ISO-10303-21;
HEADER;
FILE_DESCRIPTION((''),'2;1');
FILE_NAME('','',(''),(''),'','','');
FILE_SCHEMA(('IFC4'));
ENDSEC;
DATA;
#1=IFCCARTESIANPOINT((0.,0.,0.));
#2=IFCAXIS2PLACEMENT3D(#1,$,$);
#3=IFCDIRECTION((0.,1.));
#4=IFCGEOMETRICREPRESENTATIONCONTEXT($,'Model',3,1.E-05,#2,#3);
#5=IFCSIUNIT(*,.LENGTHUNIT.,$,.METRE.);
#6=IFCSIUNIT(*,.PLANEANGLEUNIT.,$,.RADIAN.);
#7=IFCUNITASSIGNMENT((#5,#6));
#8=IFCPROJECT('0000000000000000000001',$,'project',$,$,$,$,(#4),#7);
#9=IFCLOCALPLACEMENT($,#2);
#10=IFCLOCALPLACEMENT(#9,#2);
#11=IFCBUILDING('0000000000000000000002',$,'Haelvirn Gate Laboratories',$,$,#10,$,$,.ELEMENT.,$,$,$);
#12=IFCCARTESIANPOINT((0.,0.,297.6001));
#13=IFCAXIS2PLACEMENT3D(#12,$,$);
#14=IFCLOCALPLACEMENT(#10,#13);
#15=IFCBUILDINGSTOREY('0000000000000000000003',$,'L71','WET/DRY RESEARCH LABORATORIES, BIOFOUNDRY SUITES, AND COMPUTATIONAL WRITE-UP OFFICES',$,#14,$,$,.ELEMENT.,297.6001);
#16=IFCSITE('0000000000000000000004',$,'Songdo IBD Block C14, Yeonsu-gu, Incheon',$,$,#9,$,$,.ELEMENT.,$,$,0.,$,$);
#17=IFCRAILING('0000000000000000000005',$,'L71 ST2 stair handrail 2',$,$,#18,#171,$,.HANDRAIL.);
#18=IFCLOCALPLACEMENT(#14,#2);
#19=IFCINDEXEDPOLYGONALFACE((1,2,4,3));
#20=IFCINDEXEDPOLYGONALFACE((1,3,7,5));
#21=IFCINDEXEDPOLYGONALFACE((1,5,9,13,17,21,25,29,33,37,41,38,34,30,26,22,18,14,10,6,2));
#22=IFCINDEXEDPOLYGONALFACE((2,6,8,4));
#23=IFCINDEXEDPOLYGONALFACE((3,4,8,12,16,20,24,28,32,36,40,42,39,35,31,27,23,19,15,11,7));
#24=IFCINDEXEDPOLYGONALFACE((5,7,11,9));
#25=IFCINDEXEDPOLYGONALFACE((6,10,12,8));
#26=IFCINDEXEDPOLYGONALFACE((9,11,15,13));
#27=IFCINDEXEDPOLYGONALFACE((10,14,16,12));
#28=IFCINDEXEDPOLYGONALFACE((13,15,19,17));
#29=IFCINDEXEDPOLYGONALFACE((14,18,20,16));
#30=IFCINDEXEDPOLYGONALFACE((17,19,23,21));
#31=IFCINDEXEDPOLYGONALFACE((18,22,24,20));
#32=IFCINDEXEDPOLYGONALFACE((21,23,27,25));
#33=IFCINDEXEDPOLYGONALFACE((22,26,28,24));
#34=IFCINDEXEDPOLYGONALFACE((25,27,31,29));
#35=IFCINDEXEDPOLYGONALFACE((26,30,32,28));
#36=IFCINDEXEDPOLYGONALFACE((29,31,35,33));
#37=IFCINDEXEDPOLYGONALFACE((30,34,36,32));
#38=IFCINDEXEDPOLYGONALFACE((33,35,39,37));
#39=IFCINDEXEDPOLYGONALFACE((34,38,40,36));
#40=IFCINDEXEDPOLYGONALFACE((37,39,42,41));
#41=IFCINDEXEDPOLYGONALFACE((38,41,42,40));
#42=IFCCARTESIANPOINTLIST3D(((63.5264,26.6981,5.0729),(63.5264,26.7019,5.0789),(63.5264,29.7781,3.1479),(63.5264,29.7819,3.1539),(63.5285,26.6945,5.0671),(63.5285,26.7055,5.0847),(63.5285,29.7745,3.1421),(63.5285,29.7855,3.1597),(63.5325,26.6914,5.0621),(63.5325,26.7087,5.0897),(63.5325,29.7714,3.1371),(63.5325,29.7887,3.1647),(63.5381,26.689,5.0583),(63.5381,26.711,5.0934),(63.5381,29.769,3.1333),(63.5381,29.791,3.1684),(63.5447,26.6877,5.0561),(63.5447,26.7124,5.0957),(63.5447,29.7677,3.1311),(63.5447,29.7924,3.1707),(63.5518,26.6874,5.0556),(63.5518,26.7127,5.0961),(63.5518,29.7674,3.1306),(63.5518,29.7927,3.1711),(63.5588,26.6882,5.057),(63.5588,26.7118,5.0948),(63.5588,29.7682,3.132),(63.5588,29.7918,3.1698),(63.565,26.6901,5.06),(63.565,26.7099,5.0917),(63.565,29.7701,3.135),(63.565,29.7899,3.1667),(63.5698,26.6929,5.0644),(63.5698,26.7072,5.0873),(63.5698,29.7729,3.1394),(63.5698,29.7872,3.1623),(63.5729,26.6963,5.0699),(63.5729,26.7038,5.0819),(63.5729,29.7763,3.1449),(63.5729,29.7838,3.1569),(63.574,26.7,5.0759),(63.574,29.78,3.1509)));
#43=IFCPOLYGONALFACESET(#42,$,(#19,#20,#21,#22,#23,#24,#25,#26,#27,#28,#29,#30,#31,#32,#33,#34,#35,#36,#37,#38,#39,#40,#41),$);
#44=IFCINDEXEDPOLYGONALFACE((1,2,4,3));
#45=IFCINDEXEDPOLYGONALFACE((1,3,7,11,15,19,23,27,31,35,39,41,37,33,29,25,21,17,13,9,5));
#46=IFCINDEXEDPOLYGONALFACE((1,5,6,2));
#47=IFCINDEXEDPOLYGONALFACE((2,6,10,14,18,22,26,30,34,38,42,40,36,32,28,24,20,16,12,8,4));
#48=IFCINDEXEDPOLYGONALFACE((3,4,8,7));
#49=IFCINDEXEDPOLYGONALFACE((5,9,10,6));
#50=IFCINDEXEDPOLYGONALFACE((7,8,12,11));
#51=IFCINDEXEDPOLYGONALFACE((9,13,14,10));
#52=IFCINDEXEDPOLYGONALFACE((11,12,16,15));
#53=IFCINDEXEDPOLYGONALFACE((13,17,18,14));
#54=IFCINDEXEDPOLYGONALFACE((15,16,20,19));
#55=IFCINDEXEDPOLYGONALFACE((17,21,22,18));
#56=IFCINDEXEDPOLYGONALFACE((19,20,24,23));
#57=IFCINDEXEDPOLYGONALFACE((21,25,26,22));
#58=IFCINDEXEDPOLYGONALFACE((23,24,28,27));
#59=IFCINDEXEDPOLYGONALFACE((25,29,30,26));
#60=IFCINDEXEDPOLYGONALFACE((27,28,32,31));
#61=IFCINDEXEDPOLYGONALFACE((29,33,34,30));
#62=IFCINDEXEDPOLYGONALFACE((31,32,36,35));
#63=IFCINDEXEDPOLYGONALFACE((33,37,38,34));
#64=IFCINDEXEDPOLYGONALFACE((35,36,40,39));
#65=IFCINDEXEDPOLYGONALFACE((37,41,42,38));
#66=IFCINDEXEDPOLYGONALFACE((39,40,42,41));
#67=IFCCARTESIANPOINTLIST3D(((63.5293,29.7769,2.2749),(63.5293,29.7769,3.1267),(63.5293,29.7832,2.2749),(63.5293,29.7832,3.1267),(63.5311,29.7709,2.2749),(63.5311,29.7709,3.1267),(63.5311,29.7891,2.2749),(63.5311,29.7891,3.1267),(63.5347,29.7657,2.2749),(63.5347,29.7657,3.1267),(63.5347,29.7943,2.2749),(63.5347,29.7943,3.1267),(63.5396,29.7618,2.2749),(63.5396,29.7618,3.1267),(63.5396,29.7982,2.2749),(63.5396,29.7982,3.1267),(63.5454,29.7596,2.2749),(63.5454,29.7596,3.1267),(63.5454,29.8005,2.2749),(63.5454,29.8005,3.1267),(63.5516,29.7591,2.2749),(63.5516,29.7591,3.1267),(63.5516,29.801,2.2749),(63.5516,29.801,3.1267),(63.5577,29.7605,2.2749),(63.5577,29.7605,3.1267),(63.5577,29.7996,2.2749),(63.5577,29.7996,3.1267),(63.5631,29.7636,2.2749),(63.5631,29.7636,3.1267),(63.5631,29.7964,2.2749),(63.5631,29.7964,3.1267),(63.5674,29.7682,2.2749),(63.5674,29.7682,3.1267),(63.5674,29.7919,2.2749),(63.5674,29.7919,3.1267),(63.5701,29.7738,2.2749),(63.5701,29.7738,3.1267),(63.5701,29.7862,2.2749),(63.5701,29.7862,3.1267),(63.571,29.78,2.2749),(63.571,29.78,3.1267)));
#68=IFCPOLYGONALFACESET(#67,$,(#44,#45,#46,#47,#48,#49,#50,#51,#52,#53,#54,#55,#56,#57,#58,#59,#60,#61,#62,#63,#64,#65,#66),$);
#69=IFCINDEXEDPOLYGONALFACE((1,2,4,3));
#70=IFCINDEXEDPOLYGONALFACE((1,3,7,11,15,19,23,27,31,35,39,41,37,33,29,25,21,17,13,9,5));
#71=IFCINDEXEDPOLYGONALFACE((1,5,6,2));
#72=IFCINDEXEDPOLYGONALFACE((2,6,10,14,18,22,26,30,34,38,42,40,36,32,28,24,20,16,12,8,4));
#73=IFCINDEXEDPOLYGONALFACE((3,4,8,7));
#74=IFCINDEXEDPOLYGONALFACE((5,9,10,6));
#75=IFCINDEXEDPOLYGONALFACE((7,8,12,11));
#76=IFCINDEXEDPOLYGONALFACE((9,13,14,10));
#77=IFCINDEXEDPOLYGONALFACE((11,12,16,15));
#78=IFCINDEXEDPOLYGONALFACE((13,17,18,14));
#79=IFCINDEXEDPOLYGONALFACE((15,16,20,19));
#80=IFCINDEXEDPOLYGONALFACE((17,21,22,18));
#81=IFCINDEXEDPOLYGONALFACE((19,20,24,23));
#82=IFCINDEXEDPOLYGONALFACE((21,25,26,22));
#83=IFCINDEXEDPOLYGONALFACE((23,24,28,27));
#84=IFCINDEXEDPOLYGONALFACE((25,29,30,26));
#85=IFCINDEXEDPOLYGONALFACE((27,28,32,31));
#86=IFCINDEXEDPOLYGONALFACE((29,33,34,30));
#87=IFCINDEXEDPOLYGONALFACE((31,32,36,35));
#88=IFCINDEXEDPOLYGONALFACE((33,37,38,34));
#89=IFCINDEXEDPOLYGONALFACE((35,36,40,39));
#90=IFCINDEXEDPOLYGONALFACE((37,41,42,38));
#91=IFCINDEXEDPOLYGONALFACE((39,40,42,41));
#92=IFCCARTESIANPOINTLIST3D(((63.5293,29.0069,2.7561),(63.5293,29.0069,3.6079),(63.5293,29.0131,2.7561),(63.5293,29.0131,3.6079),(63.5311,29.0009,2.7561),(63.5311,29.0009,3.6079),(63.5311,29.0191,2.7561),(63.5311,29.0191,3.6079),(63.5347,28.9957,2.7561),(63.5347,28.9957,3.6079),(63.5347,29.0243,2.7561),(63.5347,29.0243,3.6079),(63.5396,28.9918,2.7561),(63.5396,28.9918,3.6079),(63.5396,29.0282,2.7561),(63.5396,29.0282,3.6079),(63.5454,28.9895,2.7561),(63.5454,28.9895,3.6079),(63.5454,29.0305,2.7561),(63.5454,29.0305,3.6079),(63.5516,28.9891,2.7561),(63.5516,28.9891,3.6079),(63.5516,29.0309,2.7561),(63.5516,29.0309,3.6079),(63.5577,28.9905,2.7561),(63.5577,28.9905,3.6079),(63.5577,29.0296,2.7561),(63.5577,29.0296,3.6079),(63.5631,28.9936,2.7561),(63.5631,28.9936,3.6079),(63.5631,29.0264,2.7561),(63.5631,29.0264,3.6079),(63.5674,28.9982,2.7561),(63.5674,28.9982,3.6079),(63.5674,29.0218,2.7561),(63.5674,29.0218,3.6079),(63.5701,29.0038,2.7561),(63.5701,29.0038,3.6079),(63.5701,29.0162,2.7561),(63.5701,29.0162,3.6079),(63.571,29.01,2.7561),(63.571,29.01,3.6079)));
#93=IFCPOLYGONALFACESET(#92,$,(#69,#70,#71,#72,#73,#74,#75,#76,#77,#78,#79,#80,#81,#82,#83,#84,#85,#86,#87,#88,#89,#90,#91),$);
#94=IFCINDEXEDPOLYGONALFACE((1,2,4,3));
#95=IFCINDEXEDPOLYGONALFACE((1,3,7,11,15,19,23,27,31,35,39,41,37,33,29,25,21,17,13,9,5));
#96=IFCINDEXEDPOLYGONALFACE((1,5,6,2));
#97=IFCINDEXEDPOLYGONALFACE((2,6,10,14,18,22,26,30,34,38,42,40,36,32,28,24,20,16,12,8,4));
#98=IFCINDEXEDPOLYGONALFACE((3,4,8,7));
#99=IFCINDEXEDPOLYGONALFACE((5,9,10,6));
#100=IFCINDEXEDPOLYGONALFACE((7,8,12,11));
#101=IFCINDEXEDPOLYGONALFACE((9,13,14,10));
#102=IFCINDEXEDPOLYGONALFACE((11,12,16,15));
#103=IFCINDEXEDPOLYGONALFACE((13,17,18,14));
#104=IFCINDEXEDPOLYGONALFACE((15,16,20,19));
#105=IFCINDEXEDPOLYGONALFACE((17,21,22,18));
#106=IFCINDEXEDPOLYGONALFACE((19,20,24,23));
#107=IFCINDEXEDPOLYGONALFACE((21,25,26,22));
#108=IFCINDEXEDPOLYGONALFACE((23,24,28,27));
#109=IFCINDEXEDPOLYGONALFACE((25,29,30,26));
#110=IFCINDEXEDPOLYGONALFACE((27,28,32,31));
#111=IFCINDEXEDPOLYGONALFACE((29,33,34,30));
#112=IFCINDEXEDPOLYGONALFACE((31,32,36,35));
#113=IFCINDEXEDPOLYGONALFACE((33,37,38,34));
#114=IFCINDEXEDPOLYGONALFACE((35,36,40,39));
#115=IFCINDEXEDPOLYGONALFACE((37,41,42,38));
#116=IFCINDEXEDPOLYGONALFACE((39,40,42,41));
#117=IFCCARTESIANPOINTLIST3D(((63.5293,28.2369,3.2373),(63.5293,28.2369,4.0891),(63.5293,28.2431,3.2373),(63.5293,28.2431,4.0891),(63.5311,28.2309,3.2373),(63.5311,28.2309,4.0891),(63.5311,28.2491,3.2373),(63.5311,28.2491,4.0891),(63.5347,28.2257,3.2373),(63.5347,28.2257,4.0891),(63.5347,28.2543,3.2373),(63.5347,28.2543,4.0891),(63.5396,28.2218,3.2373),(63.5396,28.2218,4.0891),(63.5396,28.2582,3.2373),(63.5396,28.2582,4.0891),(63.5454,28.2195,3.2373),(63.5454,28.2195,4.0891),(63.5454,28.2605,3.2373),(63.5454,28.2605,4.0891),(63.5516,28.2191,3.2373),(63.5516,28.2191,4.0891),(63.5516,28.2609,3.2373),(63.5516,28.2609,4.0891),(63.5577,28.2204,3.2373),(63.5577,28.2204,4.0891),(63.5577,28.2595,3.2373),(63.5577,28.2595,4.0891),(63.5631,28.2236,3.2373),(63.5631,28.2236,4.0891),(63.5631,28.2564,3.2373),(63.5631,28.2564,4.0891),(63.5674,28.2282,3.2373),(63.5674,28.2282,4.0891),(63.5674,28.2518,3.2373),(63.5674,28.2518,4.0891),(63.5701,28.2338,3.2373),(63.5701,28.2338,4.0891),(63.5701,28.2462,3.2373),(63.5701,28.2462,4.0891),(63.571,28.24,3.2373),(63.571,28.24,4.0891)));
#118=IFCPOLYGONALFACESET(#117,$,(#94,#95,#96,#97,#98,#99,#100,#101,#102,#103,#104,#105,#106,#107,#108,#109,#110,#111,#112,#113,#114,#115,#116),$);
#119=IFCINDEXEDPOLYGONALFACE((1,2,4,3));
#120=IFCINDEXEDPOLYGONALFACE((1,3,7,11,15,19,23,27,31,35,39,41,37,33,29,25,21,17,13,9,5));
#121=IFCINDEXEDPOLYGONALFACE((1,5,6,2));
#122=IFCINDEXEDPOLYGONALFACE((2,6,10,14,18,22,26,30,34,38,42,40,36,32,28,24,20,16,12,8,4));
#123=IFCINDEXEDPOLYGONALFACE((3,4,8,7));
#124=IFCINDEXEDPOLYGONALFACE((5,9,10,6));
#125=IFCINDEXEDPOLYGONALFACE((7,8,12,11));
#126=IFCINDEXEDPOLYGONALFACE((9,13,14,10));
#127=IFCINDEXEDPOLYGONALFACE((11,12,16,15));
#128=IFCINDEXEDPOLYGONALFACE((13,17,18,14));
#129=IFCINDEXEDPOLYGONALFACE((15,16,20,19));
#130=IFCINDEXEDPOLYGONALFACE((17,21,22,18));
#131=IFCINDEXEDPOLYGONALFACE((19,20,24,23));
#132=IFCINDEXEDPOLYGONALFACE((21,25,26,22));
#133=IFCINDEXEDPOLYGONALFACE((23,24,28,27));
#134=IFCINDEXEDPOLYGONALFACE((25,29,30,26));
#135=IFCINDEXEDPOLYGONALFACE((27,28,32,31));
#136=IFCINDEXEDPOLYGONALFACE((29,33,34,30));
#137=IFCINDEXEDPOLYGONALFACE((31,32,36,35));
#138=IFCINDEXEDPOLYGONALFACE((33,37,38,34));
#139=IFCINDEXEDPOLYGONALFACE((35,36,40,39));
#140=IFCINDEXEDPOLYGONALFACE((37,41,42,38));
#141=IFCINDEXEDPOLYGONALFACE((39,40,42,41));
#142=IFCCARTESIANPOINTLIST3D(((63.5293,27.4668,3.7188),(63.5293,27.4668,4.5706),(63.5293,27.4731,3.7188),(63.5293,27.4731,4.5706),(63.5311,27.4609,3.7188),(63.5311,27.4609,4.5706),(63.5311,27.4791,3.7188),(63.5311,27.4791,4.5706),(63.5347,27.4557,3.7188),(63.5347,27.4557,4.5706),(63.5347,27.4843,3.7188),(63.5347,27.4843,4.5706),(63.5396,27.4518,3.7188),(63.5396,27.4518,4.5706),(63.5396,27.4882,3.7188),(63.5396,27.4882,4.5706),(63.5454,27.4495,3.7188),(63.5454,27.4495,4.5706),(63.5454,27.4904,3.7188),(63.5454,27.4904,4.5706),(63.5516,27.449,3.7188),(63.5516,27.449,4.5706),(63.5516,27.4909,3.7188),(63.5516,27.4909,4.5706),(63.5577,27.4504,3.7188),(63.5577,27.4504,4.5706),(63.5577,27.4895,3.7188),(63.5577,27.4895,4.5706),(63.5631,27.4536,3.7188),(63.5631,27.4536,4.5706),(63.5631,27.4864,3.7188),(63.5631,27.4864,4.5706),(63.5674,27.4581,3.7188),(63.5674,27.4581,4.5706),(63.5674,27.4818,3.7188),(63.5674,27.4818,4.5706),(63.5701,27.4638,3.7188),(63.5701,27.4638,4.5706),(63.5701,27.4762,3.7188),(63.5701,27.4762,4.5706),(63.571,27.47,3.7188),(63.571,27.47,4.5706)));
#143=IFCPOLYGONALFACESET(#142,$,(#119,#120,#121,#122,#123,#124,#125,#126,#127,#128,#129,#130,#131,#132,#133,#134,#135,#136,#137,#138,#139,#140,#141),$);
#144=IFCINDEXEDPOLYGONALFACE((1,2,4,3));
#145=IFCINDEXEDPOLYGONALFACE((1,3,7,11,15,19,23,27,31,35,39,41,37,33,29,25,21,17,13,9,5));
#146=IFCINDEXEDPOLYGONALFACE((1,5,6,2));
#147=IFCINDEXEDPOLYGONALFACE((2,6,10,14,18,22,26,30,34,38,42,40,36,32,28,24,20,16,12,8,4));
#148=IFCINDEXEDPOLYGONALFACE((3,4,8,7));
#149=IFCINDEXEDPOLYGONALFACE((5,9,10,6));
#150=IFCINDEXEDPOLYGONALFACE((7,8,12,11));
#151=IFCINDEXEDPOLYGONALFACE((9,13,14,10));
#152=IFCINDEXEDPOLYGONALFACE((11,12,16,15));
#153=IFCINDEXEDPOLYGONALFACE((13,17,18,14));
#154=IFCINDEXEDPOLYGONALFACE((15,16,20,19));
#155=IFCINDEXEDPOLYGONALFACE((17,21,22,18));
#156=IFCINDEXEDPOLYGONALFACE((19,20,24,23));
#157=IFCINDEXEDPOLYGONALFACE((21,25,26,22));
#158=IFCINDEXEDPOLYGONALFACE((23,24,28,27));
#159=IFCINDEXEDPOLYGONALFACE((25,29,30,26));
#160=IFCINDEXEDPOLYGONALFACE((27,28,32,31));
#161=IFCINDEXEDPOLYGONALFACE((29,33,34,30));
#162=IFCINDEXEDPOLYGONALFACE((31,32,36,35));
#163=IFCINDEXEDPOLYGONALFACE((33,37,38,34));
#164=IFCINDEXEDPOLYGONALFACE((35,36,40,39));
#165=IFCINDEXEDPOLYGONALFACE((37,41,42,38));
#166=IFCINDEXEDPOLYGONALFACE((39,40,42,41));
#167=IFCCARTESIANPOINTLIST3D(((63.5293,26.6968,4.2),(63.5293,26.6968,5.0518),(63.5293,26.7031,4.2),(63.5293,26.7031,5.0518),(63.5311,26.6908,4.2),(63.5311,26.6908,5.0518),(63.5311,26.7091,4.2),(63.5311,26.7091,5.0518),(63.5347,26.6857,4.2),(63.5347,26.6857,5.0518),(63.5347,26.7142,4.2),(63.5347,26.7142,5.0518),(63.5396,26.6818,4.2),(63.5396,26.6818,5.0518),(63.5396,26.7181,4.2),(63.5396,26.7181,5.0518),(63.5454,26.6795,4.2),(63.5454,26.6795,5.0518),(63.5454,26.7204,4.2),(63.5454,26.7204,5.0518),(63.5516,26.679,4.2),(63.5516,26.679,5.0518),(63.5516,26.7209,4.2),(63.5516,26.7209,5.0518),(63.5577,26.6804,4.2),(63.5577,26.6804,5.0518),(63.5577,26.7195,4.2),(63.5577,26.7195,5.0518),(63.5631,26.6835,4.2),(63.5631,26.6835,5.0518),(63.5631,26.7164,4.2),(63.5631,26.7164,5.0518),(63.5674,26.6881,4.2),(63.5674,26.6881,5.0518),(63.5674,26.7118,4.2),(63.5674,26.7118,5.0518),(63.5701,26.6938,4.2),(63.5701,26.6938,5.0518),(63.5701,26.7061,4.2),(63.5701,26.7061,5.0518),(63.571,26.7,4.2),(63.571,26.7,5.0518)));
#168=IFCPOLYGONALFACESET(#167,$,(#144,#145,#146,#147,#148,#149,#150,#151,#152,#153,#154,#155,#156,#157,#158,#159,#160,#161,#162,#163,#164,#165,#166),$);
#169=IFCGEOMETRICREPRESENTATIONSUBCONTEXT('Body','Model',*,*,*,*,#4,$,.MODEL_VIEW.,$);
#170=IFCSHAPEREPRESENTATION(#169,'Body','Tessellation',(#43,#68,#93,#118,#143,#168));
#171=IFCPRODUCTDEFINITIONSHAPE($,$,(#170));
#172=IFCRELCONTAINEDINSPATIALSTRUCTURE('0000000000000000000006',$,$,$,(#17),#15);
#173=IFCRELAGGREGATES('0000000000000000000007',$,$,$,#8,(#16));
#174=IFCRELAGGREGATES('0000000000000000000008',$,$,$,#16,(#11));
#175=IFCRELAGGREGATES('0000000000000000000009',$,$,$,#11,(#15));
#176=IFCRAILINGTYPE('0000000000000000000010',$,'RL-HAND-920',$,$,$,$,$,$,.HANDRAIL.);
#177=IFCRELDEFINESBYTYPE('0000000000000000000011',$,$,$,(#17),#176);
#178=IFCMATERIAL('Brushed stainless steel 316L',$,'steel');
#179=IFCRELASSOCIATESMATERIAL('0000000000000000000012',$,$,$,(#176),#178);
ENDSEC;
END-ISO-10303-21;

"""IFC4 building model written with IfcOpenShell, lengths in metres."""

from ifc_helpers import new_model, si_unit, direction, frame, origin, origin_2d, place, context, subcontext, project, spatial, circle, extrude, source, transform, mapped, material, type_object, element, save


model = new_model("IFC4")

# Units and contexts
model_context = context("Model", 3, precision=1e-05, world=origin(), true_north=direction((0.0, 1.0)))
body_context = subcontext(model_context, "Body", "Model", "MODEL_VIEW")
ifc_project = project(units=[si_unit("LENGTHUNIT", "METRE"), si_unit("PLANEANGLEUNIT", "RADIAN")], contexts=[model_context])

# Site, building, storey
site_placement = place(None, origin())
site = spatial("IfcSite", under=ifc_project, at=site_placement, Name="Songdo IBD Block C14, Yeonsu-gu, Incheon", CompositionType="ELEMENT", RefElevation=0.0)
building_placement = place(site_placement, origin())
building = spatial("IfcBuilding", under=site, at=building_placement, Name="Haelvirn Gate Laboratories", CompositionType="ELEMENT")
storey_placement = place(building_placement, frame((0.0, 0.0, 297.6001)))
storey = spatial("IfcBuildingStorey", under=building, at=storey_placement, Name="L71", Description="WET/DRY RESEARCH LABORATORIES, BIOFOUNDRY SUITES, AND COMPUTATIONAL WRITE-UP OFFICES", CompositionType="ELEMENT", Elevation=297.6001)

# Railing
ifc_material_1 = material(Name="Brushed stainless steel 316L", Category="steel")
railing_type_1 = type_object("IfcRailingType", Name="RL-HAND-920", PredefinedType="HANDRAIL", material=ifc_material_1)
shared_shape_1 = source(origin(), body_context, "Body", "SweptSolid", [
    extrude(circle(Radius=0.0239, at=origin_2d()), frame((0.0, 0.0, 0.876), z_axis=(0.0, -0.847998, 0.529999), x_axis=(1.0, 0.0, 0.0)), (0.0, 0.0, 1.0), 3.6321),
    extrude(circle(Radius=0.021, at=origin_2d()), origin(), (0.0, 0.0, 1.0), 0.8518),
    extrude(circle(Radius=0.021, at=origin_2d()), frame((0.0, -0.77, 0.4812)), (0.0, 0.0, 1.0), 0.8518),
    extrude(circle(Radius=0.021, at=origin_2d()), frame((0.0, -1.54, 0.9624)), (0.0, 0.0, 1.0), 0.8518),
    extrude(circle(Radius=0.021, at=origin_2d()), frame((0.0, -2.3101, 1.4438)), (0.0, 0.0, 1.0), 0.8518),
    extrude(circle(Radius=0.021, at=origin_2d()), frame((0.0, -3.0801, 1.925)), (0.0, 0.0, 1.0), 0.8518),
])
railing_1_placement = place(storey_placement, frame((63.55, 29.78, 2.2749)))
element("IfcRailing", 1, at=railing_1_placement, inside=storey, type_object=railing_type_1, Name="L71 ST2 stair handrail 2", PredefinedType="HANDRAIL", context=body_context, shape_type="MappedRepresentation", body=[
    mapped(shared_shape_1, transform((0.0, 0.0, 0.0), scale=1.0)),
])

save(model, "model.ifc")
